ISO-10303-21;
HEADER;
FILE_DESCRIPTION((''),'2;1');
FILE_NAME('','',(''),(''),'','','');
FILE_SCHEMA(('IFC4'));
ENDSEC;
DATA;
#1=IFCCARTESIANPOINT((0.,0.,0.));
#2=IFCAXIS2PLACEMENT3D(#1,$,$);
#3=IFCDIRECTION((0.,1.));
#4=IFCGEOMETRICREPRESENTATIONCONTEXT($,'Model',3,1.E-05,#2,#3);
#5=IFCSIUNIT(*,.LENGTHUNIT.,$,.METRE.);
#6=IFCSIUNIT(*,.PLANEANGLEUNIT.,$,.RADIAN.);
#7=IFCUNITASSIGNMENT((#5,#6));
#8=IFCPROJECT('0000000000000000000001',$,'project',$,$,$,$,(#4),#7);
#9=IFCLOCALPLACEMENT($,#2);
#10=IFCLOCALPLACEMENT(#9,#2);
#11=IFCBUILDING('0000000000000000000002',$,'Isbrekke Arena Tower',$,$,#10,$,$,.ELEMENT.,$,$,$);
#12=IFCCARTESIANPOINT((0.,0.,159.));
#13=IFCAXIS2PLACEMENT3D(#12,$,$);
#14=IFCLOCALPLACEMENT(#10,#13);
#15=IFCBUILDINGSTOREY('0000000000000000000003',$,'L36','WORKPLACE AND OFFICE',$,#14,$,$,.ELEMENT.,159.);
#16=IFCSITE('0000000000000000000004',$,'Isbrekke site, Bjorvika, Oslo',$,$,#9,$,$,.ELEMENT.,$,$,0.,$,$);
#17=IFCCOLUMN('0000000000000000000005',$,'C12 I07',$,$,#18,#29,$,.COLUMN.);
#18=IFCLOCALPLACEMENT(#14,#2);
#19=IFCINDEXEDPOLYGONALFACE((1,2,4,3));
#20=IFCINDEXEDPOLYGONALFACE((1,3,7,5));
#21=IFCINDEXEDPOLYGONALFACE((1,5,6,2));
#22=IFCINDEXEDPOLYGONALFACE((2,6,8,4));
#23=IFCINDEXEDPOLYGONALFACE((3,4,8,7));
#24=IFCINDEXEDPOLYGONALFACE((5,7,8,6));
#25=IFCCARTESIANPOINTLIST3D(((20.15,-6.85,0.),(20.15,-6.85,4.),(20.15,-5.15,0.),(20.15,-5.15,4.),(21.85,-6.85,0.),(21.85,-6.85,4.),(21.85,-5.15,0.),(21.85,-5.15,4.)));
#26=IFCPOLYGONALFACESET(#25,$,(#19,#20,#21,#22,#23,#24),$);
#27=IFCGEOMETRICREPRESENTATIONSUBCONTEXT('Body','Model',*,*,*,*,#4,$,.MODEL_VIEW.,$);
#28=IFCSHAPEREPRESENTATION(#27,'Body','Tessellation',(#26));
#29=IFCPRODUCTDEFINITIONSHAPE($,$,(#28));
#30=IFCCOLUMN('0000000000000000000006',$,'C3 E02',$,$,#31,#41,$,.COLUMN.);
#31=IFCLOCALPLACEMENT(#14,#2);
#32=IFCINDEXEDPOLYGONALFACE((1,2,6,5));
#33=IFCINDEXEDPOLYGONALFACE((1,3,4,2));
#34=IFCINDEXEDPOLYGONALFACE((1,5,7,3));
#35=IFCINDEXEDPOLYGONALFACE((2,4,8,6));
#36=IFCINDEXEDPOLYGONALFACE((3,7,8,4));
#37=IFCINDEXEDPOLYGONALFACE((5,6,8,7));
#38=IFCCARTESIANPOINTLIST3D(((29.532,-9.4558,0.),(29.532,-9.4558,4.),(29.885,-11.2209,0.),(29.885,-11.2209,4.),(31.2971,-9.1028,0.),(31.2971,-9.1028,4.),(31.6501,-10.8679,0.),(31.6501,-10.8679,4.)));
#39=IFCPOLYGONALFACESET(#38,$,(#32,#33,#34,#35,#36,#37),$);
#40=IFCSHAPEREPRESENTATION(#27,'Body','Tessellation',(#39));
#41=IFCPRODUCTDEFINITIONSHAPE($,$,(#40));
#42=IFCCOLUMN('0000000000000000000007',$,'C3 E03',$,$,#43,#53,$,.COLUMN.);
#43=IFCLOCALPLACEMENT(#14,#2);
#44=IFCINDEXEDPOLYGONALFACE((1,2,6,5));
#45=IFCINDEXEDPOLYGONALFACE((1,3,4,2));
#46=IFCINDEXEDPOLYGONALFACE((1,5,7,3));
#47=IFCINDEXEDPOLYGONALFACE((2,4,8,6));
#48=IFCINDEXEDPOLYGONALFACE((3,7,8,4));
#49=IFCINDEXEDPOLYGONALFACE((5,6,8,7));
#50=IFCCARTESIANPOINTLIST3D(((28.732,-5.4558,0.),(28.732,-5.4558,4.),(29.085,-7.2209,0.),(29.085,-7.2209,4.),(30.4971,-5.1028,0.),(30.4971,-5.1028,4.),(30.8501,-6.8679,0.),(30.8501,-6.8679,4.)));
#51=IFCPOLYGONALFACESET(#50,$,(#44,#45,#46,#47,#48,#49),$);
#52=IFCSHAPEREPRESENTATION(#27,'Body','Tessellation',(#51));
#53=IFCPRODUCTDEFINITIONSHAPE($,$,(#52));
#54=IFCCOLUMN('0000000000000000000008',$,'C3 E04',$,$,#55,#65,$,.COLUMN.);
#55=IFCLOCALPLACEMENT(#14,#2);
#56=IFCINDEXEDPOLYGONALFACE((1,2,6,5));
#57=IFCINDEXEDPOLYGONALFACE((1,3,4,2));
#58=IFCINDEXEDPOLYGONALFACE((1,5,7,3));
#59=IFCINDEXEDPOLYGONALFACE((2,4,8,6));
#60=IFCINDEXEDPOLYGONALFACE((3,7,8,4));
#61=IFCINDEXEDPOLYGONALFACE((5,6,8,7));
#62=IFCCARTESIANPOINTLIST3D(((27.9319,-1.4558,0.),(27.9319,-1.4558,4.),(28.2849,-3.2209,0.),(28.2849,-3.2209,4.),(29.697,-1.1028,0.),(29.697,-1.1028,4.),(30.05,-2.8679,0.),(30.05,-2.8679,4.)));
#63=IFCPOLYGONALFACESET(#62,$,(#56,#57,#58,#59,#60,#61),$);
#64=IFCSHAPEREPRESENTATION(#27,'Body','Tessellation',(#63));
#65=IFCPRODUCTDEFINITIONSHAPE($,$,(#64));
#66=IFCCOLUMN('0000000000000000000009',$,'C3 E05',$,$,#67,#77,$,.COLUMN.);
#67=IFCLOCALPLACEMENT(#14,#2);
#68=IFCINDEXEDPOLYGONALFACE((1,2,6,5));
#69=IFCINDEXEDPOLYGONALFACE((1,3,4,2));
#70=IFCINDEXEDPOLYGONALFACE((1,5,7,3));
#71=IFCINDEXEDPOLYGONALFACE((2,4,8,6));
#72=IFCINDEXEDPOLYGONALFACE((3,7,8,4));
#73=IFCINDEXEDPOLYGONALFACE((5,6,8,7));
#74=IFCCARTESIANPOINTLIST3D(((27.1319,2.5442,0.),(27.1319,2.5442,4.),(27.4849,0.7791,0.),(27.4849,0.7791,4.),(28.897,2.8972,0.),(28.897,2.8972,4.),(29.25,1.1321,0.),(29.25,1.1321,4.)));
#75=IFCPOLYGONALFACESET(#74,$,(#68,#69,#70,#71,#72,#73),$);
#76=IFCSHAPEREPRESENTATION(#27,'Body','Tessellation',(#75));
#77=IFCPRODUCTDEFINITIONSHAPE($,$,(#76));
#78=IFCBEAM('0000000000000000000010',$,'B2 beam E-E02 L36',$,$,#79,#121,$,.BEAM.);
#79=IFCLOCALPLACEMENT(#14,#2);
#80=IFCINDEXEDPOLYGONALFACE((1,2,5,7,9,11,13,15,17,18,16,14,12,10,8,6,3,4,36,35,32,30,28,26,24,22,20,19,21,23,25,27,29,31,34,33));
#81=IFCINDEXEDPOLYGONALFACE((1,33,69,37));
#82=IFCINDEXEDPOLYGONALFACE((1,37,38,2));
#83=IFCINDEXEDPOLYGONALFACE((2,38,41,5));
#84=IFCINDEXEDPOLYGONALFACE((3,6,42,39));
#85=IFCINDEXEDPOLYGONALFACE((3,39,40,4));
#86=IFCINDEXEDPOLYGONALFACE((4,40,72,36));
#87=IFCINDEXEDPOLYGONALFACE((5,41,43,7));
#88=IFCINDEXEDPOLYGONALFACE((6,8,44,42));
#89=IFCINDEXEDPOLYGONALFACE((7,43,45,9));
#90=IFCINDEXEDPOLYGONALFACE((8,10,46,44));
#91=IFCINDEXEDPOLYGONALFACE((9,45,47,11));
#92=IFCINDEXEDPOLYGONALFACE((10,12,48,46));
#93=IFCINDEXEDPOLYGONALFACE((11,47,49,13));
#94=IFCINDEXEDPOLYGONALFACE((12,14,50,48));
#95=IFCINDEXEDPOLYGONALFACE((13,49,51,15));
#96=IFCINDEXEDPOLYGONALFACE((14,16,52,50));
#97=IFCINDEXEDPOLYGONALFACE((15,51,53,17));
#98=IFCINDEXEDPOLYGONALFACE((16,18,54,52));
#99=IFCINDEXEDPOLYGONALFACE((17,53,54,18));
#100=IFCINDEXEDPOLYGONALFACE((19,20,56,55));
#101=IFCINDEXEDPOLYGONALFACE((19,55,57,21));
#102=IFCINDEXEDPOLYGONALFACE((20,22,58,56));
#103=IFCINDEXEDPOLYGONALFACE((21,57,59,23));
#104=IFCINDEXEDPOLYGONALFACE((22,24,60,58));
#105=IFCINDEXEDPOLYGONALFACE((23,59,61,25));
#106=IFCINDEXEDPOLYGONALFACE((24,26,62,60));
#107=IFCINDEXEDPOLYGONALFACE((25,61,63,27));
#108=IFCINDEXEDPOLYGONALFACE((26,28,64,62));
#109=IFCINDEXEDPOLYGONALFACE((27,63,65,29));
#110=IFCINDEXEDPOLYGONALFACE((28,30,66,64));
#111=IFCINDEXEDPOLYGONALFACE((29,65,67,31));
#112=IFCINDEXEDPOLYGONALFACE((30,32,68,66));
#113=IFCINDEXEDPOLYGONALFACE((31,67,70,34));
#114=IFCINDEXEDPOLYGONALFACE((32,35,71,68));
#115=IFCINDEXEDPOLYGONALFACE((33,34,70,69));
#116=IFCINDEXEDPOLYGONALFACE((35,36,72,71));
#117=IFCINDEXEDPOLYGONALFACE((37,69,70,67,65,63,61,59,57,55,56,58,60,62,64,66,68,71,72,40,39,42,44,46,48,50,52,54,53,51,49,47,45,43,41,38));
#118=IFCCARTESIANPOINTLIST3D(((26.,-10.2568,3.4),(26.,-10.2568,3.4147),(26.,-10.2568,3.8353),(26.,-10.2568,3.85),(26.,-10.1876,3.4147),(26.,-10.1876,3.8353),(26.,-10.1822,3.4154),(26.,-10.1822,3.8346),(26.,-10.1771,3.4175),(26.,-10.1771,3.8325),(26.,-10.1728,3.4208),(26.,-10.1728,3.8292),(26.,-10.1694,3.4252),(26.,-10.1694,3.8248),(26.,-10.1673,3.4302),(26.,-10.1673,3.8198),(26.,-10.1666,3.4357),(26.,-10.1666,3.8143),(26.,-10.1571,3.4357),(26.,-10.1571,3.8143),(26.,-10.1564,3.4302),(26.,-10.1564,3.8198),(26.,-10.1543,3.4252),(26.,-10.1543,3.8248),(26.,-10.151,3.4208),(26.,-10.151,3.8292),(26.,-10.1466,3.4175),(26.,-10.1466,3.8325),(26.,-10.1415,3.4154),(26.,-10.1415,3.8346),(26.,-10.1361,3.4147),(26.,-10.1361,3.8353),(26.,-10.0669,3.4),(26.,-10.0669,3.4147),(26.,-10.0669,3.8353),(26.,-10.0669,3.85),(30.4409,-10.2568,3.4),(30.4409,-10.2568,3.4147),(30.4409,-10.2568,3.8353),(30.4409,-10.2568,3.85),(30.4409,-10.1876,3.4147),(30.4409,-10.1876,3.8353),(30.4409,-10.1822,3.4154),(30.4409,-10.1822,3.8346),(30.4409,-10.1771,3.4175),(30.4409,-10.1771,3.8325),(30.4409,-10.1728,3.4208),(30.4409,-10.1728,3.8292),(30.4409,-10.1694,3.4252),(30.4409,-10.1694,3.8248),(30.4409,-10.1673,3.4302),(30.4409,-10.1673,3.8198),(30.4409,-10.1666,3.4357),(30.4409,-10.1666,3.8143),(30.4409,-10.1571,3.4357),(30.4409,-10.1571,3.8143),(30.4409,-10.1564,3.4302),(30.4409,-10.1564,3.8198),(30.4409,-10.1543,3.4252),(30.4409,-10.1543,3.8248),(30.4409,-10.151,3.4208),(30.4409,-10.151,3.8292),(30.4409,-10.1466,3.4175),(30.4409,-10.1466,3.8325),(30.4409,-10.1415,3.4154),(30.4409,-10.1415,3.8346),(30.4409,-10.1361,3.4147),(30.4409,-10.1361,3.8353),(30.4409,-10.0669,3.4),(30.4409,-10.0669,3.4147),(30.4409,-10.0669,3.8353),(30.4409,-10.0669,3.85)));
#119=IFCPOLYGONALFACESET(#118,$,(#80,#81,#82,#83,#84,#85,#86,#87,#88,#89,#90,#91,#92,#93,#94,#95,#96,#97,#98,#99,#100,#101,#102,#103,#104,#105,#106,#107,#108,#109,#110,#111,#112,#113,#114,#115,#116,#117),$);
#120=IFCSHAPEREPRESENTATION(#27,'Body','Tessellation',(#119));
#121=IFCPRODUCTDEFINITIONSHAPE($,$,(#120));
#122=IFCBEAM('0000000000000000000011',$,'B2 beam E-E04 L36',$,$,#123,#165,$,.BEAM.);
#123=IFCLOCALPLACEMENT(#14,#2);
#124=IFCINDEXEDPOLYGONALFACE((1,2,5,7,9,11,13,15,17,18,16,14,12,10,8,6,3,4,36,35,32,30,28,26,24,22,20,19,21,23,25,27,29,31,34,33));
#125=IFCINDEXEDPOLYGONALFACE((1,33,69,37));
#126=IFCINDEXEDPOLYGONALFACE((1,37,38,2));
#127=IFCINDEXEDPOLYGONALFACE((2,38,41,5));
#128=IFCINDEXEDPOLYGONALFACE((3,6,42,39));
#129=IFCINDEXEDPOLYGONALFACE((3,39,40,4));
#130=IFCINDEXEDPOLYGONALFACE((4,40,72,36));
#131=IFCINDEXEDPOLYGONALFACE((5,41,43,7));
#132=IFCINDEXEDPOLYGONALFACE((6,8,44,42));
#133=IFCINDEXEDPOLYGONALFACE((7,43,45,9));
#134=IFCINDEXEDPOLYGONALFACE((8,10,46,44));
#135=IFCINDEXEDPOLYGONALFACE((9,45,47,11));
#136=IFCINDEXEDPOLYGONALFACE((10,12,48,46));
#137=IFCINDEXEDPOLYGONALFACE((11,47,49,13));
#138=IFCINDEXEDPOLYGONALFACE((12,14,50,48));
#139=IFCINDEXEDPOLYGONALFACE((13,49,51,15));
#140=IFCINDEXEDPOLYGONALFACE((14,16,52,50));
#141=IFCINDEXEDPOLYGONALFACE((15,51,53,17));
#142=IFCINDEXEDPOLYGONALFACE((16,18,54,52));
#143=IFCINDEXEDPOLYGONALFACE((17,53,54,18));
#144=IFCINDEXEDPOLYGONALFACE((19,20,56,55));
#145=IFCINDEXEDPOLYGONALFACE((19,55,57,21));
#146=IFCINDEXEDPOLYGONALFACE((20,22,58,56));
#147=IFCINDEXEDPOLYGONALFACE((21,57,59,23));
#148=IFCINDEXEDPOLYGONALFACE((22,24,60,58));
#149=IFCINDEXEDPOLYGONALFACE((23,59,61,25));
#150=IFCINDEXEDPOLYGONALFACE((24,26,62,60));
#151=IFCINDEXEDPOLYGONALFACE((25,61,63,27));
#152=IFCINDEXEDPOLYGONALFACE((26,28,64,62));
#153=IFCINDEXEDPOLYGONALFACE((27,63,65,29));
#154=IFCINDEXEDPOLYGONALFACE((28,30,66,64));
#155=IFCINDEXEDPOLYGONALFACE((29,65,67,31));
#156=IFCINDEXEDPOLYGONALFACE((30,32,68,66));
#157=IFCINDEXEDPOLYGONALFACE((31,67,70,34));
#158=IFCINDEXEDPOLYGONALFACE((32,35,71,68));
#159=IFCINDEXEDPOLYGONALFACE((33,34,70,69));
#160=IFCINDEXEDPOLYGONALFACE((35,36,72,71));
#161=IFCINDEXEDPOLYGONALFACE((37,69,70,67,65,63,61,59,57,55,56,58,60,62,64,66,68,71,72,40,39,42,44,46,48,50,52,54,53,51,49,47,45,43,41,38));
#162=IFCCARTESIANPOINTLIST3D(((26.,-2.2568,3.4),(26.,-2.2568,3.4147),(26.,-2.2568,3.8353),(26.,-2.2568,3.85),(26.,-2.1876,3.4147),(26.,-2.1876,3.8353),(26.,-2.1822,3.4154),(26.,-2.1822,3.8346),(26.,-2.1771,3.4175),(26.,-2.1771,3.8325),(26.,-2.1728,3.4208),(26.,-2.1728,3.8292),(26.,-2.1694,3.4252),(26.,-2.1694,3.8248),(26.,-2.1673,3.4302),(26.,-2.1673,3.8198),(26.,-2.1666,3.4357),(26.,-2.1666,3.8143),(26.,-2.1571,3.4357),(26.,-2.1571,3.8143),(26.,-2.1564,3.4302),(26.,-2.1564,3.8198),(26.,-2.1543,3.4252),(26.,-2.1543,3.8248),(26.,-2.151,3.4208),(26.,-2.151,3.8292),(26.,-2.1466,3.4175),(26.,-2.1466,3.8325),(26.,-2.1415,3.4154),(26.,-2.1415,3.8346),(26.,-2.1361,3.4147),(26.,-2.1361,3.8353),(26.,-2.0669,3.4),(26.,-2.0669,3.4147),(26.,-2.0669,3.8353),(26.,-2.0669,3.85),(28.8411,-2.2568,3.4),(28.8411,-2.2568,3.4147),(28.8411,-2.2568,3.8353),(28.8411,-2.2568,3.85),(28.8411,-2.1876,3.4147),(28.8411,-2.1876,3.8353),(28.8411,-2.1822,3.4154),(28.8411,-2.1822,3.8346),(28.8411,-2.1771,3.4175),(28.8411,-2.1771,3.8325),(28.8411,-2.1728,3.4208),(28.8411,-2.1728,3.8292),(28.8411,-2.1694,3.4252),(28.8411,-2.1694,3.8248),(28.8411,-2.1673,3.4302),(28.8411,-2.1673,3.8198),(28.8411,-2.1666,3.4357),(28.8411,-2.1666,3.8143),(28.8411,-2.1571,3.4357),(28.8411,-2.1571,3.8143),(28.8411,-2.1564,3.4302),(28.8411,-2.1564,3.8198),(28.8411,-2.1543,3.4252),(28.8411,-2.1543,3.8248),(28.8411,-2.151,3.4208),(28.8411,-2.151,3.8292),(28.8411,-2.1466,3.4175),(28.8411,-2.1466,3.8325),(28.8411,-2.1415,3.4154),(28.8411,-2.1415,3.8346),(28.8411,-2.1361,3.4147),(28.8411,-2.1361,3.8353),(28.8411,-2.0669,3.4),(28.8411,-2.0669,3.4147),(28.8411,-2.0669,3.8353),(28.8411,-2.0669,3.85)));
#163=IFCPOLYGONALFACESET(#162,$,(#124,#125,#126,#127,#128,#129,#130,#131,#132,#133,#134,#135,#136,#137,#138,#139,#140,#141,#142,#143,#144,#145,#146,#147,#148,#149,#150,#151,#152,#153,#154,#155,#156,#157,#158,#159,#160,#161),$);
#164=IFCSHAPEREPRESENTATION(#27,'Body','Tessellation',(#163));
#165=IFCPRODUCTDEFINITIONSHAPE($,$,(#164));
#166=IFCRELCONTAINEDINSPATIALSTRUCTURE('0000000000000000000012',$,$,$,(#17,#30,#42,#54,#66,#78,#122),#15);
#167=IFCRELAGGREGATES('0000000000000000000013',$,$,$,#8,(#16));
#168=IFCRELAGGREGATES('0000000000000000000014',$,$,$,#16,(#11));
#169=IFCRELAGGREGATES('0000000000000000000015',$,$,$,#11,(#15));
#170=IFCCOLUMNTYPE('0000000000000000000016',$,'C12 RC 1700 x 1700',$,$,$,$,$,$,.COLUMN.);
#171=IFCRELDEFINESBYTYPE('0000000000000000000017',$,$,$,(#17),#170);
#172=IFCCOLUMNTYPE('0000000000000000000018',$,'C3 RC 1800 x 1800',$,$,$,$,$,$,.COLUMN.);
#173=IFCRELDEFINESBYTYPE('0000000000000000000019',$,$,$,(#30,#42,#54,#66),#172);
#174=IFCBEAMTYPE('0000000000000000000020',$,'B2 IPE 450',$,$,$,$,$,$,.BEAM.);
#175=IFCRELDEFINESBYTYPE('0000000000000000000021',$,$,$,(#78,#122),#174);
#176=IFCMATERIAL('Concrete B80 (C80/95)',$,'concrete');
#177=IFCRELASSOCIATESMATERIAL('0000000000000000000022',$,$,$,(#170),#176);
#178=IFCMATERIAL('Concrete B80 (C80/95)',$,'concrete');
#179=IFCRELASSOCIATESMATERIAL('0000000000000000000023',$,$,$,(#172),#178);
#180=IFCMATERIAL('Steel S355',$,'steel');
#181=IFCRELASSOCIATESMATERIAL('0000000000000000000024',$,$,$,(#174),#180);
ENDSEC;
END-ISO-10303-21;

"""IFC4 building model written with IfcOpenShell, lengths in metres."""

from ifc_helpers import new_model, si_unit, direction, frame, origin, origin_2d, place, context, subcontext, project, spatial, rectangle, i_section, extrude, material, material_profile, profile_set, type_object, element, save


model = new_model("IFC4")

# Units and contexts
model_context = context("Model", 3, precision=1e-05, world=origin(), true_north=direction((0.0, 1.0)))
body_context = subcontext(model_context, "Body", "Model", "MODEL_VIEW")
ifc_project = project(units=[si_unit("LENGTHUNIT", "METRE"), si_unit("PLANEANGLEUNIT", "RADIAN")], contexts=[model_context])

# Site, building, storey
site_placement = place(None, origin())
site = spatial("IfcSite", under=ifc_project, at=site_placement, Name="Isbrekke site, Bjorvika, Oslo", CompositionType="ELEMENT", RefElevation=0.0)
building_placement = place(site_placement, origin())
building = spatial("IfcBuilding", under=site, at=building_placement, Name="Isbrekke Arena Tower", CompositionType="ELEMENT")
storey_placement = place(building_placement, frame((0.0, 0.0, 159.0)))
storey = spatial("IfcBuildingStorey", under=building, at=storey_placement, Name="L36", Description="WORKPLACE AND OFFICE", CompositionType="ELEMENT", Elevation=159.0)

# Columns
ifc_material_1 = material(Name="Concrete B80 (C80/95)", Category="concrete")
ifc_material_profile_1 = material_profile(ifc_material_1, rectangle(XDim=1.7, YDim=1.7, at=origin_2d()), Name="RC 1700x1700")
ifc_profile_set_1 = profile_set([ifc_material_profile_1], Name="Concrete B80 (C80/95)")
column_type_1 = type_object("IfcColumnType", Name="C12 RC 1700 x 1700", PredefinedType="COLUMN", material=ifc_profile_set_1)
column_placement = place(storey_placement, frame((21.0, -6.0, 0.0), z_axis=(0.0, 0.0, 1.0), x_axis=(1.0, 0.0, 0.0)))
element("IfcColumn", 1, at=column_placement, inside=storey, type_object=column_type_1, Name="C12 I07", PredefinedType="COLUMN", context=body_context, shape_type="SweptSolid", body=[
    extrude(rectangle(XDim=1.7, YDim=1.7, at=origin_2d()), origin(), (0.0, 0.0, 1.0), 4.0),
])
ifc_material_2 = material(Name="Concrete B80 (C80/95)", Category="concrete")
ifc_material_profile_2 = material_profile(ifc_material_2, rectangle(XDim=1.8, YDim=1.8, at=origin_2d()), Name="RC 1800x1800")
ifc_profile_set_2 = profile_set([ifc_material_profile_2], Name="Concrete B80 (C80/95)")
column_type_2 = type_object("IfcColumnType", Name="C3 RC 1800 x 1800", PredefinedType="COLUMN", material=ifc_profile_set_2)
for number, where, z_axis, x_axis, name in (
    (2, (30.5911, -10.1619, 0.0), (0.0, 0.0, 1.0), (-0.196116, 0.980581, 0.0), "C3 E02"),
    (3, (29.791, -6.1619, 0.0), (0.0, 0.0, 1.0), (-0.196116, 0.980581, 0.0), "C3 E03"),
    (4, (28.991, -2.1619, 0.0), (0.0, 0.0, 1.0), (-0.196116, 0.980581, 0.0), "C3 E04"),
    (5, (28.1909, 1.8381, 0.0), (0.0, 0.0, 1.0), (-0.196116, 0.980581, 0.0), "C3 E05"),
):
    element("IfcColumn", number, at=place(storey_placement, frame(where, z_axis=z_axis, x_axis=x_axis)), inside=storey, type_object=column_type_2, Name=name, PredefinedType="COLUMN", context=body_context, shape_type="SweptSolid", body=[
        extrude(rectangle(XDim=1.8, YDim=1.8, at=origin_2d()), origin(), (0.0, 0.0, 1.0), 4.0),
    ])

# Beams
ifc_material_3 = material(Name="Steel S355", Category="steel")
ifc_material_profile_3 = material_profile(ifc_material_3, i_section(OverallWidth=0.1899, OverallDepth=0.45, WebThickness=0.0095, FlangeThickness=0.0146, FilletRadius=0.021, at=origin_2d()), Name="IPE 450")
ifc_profile_set_3 = profile_set([ifc_material_profile_3], Name="Steel S355")
beam_type_1 = type_object("IfcBeamType", Name="B2 IPE 450", PredefinedType="BEAM", material=ifc_profile_set_3)
beam_1_placement = place(storey_placement, frame((30.4409, -10.1619, 3.625), z_axis=(-1.0, 0.0, 0.0), x_axis=(0.0, -1.0, 0.0)))
element("IfcBeam", 6, at=beam_1_placement, inside=storey, type_object=beam_type_1, Name="B2 beam E-E02 L36", PredefinedType="BEAM", context=body_context, shape_type="SweptSolid", body=[
    extrude(i_section(OverallWidth=0.1899, OverallDepth=0.45, WebThickness=0.0095, FlangeThickness=0.0146, FilletRadius=0.021, at=origin_2d()), origin(), (0.0, 0.0, 1.0), 4.4409),
])
beam_2_placement = place(storey_placement, frame((28.8411, -2.1619, 3.625), z_axis=(-1.0, 0.0, 0.0), x_axis=(0.0, -1.0, 0.0)))
element("IfcBeam", 7, at=beam_2_placement, inside=storey, type_object=beam_type_1, Name="B2 beam E-E04 L36", PredefinedType="BEAM", context=body_context, shape_type="SweptSolid", body=[
    extrude(i_section(OverallWidth=0.1899, OverallDepth=0.45, WebThickness=0.0095, FlangeThickness=0.0146, FilletRadius=0.021, at=origin_2d()), origin(), (0.0, 0.0, 1.0), 2.8411),
])

save(model, "model.ifc")
